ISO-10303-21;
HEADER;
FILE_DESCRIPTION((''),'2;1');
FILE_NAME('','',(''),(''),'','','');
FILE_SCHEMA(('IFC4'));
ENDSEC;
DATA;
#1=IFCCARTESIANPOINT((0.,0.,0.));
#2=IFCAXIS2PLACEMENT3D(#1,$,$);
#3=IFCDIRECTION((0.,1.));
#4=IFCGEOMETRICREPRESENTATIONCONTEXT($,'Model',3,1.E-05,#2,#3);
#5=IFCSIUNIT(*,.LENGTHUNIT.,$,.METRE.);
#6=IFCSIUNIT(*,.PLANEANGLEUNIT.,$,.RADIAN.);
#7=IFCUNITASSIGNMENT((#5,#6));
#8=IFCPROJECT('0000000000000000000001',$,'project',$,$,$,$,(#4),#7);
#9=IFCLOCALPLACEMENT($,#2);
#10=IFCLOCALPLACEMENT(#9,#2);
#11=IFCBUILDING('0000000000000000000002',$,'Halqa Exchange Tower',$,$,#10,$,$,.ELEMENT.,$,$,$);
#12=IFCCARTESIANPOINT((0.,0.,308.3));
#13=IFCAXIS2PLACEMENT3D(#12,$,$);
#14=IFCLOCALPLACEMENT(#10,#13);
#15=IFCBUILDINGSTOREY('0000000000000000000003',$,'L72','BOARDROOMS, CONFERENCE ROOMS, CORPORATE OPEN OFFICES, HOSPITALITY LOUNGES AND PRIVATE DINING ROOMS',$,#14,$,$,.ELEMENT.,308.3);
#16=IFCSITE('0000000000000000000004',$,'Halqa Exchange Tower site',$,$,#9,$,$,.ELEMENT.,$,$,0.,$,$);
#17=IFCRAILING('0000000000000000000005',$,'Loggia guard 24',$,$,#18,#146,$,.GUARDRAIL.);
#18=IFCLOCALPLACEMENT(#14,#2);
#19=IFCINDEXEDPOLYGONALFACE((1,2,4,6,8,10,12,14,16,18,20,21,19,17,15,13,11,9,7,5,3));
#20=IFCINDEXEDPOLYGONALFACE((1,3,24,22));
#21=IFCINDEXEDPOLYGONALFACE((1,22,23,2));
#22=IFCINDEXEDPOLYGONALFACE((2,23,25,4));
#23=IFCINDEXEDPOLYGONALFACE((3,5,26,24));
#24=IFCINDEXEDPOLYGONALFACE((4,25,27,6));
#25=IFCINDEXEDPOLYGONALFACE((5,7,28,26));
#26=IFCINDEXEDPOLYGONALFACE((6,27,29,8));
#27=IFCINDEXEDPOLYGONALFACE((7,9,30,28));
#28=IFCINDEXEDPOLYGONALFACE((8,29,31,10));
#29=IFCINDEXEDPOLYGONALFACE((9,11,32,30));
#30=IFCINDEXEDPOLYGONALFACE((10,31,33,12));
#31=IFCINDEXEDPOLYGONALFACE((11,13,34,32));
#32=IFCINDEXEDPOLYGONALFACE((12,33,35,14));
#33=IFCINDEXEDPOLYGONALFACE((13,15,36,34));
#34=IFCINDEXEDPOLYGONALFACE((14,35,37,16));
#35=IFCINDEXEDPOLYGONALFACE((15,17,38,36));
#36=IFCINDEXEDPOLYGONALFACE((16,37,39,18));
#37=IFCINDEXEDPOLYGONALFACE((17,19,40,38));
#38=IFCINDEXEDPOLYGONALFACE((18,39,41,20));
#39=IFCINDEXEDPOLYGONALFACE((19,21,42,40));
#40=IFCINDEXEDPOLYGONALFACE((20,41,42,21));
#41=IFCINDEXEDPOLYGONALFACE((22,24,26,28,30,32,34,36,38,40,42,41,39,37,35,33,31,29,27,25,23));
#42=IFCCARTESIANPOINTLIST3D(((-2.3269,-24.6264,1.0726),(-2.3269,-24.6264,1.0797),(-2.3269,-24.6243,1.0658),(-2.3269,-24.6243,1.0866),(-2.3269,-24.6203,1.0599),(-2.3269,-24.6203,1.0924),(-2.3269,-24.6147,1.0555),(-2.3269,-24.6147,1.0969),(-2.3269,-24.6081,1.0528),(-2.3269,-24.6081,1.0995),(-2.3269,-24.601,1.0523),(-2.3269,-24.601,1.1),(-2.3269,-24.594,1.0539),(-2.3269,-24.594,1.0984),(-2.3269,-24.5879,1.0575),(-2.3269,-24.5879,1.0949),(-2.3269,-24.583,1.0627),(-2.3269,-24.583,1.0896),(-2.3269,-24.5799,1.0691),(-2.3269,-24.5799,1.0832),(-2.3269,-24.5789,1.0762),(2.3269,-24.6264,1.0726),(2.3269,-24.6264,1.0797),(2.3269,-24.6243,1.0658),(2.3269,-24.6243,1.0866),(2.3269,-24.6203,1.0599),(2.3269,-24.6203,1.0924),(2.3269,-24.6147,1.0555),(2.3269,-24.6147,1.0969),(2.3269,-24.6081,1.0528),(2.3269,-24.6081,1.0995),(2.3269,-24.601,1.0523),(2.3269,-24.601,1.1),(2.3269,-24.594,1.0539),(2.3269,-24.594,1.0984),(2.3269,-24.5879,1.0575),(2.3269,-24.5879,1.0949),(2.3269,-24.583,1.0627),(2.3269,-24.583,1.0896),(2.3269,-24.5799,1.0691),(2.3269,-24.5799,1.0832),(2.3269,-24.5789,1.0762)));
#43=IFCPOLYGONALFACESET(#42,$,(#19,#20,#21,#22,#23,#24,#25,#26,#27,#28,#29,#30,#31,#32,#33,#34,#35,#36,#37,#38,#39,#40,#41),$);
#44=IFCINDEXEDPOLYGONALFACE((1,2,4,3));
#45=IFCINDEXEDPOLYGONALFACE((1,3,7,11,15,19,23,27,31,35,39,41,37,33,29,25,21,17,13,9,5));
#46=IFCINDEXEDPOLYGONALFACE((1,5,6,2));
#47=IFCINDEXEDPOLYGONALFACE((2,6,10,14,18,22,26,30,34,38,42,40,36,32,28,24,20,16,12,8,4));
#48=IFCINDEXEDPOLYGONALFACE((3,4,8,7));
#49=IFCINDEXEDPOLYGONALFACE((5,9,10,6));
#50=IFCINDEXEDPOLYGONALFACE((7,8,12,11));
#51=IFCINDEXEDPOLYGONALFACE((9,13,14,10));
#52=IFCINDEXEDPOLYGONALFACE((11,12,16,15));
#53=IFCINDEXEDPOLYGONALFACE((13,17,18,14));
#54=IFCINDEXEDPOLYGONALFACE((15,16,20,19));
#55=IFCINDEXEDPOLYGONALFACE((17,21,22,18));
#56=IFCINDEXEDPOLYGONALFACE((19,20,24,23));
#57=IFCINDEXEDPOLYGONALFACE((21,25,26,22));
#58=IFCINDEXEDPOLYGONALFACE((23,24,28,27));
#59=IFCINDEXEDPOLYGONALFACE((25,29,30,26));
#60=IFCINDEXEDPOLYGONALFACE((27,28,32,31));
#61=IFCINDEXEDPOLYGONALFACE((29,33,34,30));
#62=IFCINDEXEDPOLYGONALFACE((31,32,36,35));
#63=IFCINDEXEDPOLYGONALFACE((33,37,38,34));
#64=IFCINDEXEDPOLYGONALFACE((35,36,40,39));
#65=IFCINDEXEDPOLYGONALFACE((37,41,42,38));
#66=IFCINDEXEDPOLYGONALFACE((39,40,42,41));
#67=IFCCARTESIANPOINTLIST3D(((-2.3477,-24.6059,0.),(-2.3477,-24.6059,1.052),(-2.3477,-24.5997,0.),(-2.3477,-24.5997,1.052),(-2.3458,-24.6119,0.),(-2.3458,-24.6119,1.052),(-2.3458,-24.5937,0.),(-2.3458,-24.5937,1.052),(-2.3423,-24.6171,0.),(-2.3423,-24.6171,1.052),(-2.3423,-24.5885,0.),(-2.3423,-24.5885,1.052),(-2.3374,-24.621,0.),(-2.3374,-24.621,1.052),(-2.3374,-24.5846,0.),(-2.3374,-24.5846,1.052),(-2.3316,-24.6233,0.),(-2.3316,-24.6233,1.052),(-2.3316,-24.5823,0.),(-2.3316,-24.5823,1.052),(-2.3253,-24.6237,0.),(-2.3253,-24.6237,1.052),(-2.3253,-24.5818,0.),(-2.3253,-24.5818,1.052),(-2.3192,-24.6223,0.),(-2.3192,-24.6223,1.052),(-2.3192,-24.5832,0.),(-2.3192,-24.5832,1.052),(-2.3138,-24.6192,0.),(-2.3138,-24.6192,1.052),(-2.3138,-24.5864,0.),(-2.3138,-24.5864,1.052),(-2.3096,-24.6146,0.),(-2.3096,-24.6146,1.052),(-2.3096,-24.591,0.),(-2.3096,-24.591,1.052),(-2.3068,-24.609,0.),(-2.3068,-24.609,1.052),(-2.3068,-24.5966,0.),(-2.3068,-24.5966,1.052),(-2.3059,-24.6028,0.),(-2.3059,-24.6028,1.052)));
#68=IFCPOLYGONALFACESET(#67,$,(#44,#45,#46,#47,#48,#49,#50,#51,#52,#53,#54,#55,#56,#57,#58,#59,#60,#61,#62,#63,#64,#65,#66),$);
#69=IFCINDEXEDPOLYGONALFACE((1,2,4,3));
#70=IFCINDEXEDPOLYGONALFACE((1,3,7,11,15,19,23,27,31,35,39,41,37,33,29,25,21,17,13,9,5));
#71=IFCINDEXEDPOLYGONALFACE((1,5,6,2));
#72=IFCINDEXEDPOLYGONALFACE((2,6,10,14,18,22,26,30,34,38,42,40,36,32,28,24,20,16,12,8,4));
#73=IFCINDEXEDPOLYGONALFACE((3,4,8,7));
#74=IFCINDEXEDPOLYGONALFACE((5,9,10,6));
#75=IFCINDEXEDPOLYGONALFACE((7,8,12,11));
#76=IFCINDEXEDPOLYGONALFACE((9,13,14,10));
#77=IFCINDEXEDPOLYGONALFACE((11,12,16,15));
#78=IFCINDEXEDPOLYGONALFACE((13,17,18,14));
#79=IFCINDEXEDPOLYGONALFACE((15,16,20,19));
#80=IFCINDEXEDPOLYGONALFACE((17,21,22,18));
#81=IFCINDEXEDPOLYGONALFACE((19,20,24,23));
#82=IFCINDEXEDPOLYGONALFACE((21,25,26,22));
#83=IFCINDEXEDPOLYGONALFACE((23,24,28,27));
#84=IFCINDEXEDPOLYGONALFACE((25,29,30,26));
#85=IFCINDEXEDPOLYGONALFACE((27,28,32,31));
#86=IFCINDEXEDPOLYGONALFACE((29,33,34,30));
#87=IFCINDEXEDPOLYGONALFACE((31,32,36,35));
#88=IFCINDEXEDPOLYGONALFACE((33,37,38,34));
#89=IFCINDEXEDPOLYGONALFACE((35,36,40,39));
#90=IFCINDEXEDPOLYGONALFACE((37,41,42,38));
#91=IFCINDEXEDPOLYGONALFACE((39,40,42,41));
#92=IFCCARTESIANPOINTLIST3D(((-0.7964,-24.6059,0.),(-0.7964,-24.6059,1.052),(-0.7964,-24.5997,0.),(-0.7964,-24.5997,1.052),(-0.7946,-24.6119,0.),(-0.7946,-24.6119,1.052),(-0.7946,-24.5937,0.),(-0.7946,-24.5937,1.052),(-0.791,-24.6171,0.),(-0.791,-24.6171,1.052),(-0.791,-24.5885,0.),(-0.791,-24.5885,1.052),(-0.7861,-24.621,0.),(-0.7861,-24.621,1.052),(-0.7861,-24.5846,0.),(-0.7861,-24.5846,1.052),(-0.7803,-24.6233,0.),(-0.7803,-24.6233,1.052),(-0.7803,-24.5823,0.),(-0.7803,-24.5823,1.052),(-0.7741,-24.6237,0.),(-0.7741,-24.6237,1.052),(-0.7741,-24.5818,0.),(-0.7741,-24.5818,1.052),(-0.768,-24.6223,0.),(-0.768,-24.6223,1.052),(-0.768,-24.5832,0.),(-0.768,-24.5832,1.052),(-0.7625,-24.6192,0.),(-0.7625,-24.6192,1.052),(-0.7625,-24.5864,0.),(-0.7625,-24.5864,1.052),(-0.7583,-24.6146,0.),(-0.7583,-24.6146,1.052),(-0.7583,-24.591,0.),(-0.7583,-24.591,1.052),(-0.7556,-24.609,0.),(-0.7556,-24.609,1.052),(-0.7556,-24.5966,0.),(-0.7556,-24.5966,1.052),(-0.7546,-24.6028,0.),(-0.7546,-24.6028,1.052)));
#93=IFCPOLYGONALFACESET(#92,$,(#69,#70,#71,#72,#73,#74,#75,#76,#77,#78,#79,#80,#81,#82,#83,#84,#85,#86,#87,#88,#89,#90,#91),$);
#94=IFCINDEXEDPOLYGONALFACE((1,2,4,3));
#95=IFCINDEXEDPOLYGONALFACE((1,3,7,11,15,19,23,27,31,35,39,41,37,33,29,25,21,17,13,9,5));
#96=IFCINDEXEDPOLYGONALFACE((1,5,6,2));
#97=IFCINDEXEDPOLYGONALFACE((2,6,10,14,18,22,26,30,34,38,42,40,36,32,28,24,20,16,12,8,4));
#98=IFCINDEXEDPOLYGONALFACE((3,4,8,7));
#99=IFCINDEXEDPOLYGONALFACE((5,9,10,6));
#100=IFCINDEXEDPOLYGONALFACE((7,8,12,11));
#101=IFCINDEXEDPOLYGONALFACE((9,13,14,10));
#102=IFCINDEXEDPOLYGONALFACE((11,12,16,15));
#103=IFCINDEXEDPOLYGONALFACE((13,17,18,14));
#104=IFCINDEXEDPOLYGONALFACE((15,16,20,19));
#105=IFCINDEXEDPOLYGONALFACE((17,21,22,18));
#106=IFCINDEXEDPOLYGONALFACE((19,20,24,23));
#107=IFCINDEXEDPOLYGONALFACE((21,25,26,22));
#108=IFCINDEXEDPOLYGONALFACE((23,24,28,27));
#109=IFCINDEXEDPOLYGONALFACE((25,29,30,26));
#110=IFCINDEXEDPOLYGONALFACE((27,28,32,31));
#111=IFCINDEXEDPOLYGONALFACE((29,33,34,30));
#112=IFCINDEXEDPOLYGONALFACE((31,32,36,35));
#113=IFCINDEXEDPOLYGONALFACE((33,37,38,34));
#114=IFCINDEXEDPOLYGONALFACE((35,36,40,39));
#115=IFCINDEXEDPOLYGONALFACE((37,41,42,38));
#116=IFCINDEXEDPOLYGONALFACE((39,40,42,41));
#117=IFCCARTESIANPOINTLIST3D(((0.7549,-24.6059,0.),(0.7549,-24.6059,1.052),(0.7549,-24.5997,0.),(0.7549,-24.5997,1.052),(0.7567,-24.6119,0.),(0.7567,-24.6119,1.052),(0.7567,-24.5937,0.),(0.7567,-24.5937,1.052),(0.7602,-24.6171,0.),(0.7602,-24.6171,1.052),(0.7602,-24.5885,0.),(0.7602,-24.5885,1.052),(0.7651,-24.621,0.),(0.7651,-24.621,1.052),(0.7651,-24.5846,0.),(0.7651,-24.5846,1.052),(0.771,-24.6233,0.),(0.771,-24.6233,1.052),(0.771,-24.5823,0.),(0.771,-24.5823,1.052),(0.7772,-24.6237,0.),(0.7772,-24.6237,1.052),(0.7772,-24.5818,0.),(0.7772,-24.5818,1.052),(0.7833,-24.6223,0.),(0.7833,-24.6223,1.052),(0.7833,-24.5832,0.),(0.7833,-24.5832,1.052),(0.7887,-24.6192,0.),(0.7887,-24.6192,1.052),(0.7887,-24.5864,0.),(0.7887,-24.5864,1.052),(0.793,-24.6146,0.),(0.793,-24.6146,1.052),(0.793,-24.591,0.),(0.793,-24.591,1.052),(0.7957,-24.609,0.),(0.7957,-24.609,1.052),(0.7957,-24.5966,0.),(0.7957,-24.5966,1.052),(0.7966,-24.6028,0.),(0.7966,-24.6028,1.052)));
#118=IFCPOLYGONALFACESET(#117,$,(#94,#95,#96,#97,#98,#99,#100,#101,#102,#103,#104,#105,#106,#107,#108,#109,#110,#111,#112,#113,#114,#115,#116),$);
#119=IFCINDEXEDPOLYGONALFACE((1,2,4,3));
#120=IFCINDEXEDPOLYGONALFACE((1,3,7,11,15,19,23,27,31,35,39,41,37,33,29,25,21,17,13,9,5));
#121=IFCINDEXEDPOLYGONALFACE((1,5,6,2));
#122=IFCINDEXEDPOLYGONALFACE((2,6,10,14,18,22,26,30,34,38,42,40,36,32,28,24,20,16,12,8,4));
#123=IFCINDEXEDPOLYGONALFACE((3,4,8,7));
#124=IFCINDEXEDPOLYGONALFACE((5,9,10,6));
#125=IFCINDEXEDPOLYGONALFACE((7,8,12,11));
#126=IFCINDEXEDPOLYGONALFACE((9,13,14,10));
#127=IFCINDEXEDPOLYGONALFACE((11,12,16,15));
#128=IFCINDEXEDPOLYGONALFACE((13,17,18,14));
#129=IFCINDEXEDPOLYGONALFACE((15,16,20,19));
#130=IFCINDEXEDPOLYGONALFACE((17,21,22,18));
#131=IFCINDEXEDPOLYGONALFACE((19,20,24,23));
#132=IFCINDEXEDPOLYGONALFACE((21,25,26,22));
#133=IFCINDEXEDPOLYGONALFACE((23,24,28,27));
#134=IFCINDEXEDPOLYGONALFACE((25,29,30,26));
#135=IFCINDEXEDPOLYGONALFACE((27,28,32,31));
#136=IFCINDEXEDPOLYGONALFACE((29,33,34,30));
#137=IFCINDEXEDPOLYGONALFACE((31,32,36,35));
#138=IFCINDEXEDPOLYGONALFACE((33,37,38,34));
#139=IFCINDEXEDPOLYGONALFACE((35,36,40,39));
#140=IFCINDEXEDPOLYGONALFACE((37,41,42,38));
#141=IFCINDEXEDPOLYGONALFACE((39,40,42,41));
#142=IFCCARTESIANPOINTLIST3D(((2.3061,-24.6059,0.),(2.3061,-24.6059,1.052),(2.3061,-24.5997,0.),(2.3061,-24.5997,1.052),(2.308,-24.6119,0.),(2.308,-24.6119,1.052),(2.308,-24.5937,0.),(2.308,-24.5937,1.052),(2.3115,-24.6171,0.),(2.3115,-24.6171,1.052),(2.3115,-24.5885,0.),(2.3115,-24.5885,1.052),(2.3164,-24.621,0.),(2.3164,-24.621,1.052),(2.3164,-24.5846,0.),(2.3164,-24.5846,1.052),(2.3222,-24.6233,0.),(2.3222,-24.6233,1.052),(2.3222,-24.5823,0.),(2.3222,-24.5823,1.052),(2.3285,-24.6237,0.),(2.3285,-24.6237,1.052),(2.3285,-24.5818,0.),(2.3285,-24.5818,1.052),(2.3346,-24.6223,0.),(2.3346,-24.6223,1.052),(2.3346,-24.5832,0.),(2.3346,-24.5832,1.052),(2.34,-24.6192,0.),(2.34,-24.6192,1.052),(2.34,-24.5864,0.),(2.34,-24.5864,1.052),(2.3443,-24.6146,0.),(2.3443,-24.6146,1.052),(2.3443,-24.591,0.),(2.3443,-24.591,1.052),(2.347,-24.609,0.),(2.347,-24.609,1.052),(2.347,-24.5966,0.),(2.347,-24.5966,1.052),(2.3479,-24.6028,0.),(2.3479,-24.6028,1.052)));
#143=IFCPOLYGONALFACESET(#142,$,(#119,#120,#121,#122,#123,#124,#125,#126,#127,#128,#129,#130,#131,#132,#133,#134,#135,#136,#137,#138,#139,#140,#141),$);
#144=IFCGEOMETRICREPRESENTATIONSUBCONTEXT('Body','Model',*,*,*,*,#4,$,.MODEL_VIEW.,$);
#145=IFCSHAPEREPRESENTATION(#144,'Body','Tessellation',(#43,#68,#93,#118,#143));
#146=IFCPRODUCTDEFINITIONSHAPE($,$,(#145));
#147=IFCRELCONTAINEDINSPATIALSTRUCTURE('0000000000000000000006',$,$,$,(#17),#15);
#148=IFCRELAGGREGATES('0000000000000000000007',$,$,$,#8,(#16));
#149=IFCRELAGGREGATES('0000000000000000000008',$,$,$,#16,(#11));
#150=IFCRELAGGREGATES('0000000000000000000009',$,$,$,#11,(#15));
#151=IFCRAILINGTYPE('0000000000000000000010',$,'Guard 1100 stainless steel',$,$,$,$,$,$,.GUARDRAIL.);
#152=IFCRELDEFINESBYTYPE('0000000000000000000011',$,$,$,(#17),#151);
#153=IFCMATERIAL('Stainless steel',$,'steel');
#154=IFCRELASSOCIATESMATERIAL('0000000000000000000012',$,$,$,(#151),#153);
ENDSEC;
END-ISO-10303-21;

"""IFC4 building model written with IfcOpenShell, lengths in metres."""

from ifc_helpers import new_model, si_unit, direction, frame, origin, origin_2d, place, context, subcontext, project, spatial, circle, extrude, material, type_object, element, save


model = new_model("IFC4")

# Units and contexts
model_context = context("Model", 3, precision=1e-05, world=origin(), true_north=direction((0.0, 1.0)))
body_context = subcontext(model_context, "Body", "Model", "MODEL_VIEW")
ifc_project = project(units=[si_unit("LENGTHUNIT", "METRE"), si_unit("PLANEANGLEUNIT", "RADIAN")], contexts=[model_context])

# Site, building, storey
site_placement = place(None, origin())
site = spatial("IfcSite", under=ifc_project, at=site_placement, Name="Halqa Exchange Tower site", CompositionType="ELEMENT", RefElevation=0.0)
building_placement = place(site_placement, origin())
building = spatial("IfcBuilding", under=site, at=building_placement, Name="Halqa Exchange Tower", CompositionType="ELEMENT")
storey_placement = place(building_placement, frame((0.0, 0.0, 308.3)))
storey = spatial("IfcBuildingStorey", under=building, at=storey_placement, Name="L72", Description="BOARDROOMS, CONFERENCE ROOMS, CORPORATE OPEN OFFICES, HOSPITALITY LOUNGES AND PRIVATE DINING ROOMS", CompositionType="ELEMENT", Elevation=308.3)

# Railing
ifc_material_1 = material(Name="Stainless steel", Category="steel")
railing_type = type_object("IfcRailingType", Name="Guard 1100 stainless steel", PredefinedType="GUARDRAIL", material=ifc_material_1)
railing_1_placement = place(storey_placement, frame((-2.3269, -24.6028, 0.0)))
element("IfcRailing", 1, at=railing_1_placement, inside=storey, type_object=railing_type, Name="Loggia guard 24", PredefinedType="GUARDRAIL", context=body_context, shape_type="SweptSolid", body=[
    extrude(circle(Radius=0.0239, at=origin_2d()), frame((0.0, 0.0, 1.0762), z_axis=(1.0, 0.0, 0.0), x_axis=(0.0, 1.0, 0.0)), (0.0, 0.0, 1.0), 4.6538),
    extrude(circle(Radius=0.021, at=origin_2d()), origin(), (0.0, 0.0, 1.0), 1.052),
    extrude(circle(Radius=0.021, at=origin_2d()), frame((1.5513, 0.0, 0.0)), (0.0, 0.0, 1.0), 1.052),
    extrude(circle(Radius=0.021, at=origin_2d()), frame((3.1025, 0.0, 0.0)), (0.0, 0.0, 1.0), 1.052),
    extrude(circle(Radius=0.021, at=origin_2d()), frame((4.6538, 0.0, 0.0)), (0.0, 0.0, 1.0), 1.052),
])

save(model, "model.ifc")
